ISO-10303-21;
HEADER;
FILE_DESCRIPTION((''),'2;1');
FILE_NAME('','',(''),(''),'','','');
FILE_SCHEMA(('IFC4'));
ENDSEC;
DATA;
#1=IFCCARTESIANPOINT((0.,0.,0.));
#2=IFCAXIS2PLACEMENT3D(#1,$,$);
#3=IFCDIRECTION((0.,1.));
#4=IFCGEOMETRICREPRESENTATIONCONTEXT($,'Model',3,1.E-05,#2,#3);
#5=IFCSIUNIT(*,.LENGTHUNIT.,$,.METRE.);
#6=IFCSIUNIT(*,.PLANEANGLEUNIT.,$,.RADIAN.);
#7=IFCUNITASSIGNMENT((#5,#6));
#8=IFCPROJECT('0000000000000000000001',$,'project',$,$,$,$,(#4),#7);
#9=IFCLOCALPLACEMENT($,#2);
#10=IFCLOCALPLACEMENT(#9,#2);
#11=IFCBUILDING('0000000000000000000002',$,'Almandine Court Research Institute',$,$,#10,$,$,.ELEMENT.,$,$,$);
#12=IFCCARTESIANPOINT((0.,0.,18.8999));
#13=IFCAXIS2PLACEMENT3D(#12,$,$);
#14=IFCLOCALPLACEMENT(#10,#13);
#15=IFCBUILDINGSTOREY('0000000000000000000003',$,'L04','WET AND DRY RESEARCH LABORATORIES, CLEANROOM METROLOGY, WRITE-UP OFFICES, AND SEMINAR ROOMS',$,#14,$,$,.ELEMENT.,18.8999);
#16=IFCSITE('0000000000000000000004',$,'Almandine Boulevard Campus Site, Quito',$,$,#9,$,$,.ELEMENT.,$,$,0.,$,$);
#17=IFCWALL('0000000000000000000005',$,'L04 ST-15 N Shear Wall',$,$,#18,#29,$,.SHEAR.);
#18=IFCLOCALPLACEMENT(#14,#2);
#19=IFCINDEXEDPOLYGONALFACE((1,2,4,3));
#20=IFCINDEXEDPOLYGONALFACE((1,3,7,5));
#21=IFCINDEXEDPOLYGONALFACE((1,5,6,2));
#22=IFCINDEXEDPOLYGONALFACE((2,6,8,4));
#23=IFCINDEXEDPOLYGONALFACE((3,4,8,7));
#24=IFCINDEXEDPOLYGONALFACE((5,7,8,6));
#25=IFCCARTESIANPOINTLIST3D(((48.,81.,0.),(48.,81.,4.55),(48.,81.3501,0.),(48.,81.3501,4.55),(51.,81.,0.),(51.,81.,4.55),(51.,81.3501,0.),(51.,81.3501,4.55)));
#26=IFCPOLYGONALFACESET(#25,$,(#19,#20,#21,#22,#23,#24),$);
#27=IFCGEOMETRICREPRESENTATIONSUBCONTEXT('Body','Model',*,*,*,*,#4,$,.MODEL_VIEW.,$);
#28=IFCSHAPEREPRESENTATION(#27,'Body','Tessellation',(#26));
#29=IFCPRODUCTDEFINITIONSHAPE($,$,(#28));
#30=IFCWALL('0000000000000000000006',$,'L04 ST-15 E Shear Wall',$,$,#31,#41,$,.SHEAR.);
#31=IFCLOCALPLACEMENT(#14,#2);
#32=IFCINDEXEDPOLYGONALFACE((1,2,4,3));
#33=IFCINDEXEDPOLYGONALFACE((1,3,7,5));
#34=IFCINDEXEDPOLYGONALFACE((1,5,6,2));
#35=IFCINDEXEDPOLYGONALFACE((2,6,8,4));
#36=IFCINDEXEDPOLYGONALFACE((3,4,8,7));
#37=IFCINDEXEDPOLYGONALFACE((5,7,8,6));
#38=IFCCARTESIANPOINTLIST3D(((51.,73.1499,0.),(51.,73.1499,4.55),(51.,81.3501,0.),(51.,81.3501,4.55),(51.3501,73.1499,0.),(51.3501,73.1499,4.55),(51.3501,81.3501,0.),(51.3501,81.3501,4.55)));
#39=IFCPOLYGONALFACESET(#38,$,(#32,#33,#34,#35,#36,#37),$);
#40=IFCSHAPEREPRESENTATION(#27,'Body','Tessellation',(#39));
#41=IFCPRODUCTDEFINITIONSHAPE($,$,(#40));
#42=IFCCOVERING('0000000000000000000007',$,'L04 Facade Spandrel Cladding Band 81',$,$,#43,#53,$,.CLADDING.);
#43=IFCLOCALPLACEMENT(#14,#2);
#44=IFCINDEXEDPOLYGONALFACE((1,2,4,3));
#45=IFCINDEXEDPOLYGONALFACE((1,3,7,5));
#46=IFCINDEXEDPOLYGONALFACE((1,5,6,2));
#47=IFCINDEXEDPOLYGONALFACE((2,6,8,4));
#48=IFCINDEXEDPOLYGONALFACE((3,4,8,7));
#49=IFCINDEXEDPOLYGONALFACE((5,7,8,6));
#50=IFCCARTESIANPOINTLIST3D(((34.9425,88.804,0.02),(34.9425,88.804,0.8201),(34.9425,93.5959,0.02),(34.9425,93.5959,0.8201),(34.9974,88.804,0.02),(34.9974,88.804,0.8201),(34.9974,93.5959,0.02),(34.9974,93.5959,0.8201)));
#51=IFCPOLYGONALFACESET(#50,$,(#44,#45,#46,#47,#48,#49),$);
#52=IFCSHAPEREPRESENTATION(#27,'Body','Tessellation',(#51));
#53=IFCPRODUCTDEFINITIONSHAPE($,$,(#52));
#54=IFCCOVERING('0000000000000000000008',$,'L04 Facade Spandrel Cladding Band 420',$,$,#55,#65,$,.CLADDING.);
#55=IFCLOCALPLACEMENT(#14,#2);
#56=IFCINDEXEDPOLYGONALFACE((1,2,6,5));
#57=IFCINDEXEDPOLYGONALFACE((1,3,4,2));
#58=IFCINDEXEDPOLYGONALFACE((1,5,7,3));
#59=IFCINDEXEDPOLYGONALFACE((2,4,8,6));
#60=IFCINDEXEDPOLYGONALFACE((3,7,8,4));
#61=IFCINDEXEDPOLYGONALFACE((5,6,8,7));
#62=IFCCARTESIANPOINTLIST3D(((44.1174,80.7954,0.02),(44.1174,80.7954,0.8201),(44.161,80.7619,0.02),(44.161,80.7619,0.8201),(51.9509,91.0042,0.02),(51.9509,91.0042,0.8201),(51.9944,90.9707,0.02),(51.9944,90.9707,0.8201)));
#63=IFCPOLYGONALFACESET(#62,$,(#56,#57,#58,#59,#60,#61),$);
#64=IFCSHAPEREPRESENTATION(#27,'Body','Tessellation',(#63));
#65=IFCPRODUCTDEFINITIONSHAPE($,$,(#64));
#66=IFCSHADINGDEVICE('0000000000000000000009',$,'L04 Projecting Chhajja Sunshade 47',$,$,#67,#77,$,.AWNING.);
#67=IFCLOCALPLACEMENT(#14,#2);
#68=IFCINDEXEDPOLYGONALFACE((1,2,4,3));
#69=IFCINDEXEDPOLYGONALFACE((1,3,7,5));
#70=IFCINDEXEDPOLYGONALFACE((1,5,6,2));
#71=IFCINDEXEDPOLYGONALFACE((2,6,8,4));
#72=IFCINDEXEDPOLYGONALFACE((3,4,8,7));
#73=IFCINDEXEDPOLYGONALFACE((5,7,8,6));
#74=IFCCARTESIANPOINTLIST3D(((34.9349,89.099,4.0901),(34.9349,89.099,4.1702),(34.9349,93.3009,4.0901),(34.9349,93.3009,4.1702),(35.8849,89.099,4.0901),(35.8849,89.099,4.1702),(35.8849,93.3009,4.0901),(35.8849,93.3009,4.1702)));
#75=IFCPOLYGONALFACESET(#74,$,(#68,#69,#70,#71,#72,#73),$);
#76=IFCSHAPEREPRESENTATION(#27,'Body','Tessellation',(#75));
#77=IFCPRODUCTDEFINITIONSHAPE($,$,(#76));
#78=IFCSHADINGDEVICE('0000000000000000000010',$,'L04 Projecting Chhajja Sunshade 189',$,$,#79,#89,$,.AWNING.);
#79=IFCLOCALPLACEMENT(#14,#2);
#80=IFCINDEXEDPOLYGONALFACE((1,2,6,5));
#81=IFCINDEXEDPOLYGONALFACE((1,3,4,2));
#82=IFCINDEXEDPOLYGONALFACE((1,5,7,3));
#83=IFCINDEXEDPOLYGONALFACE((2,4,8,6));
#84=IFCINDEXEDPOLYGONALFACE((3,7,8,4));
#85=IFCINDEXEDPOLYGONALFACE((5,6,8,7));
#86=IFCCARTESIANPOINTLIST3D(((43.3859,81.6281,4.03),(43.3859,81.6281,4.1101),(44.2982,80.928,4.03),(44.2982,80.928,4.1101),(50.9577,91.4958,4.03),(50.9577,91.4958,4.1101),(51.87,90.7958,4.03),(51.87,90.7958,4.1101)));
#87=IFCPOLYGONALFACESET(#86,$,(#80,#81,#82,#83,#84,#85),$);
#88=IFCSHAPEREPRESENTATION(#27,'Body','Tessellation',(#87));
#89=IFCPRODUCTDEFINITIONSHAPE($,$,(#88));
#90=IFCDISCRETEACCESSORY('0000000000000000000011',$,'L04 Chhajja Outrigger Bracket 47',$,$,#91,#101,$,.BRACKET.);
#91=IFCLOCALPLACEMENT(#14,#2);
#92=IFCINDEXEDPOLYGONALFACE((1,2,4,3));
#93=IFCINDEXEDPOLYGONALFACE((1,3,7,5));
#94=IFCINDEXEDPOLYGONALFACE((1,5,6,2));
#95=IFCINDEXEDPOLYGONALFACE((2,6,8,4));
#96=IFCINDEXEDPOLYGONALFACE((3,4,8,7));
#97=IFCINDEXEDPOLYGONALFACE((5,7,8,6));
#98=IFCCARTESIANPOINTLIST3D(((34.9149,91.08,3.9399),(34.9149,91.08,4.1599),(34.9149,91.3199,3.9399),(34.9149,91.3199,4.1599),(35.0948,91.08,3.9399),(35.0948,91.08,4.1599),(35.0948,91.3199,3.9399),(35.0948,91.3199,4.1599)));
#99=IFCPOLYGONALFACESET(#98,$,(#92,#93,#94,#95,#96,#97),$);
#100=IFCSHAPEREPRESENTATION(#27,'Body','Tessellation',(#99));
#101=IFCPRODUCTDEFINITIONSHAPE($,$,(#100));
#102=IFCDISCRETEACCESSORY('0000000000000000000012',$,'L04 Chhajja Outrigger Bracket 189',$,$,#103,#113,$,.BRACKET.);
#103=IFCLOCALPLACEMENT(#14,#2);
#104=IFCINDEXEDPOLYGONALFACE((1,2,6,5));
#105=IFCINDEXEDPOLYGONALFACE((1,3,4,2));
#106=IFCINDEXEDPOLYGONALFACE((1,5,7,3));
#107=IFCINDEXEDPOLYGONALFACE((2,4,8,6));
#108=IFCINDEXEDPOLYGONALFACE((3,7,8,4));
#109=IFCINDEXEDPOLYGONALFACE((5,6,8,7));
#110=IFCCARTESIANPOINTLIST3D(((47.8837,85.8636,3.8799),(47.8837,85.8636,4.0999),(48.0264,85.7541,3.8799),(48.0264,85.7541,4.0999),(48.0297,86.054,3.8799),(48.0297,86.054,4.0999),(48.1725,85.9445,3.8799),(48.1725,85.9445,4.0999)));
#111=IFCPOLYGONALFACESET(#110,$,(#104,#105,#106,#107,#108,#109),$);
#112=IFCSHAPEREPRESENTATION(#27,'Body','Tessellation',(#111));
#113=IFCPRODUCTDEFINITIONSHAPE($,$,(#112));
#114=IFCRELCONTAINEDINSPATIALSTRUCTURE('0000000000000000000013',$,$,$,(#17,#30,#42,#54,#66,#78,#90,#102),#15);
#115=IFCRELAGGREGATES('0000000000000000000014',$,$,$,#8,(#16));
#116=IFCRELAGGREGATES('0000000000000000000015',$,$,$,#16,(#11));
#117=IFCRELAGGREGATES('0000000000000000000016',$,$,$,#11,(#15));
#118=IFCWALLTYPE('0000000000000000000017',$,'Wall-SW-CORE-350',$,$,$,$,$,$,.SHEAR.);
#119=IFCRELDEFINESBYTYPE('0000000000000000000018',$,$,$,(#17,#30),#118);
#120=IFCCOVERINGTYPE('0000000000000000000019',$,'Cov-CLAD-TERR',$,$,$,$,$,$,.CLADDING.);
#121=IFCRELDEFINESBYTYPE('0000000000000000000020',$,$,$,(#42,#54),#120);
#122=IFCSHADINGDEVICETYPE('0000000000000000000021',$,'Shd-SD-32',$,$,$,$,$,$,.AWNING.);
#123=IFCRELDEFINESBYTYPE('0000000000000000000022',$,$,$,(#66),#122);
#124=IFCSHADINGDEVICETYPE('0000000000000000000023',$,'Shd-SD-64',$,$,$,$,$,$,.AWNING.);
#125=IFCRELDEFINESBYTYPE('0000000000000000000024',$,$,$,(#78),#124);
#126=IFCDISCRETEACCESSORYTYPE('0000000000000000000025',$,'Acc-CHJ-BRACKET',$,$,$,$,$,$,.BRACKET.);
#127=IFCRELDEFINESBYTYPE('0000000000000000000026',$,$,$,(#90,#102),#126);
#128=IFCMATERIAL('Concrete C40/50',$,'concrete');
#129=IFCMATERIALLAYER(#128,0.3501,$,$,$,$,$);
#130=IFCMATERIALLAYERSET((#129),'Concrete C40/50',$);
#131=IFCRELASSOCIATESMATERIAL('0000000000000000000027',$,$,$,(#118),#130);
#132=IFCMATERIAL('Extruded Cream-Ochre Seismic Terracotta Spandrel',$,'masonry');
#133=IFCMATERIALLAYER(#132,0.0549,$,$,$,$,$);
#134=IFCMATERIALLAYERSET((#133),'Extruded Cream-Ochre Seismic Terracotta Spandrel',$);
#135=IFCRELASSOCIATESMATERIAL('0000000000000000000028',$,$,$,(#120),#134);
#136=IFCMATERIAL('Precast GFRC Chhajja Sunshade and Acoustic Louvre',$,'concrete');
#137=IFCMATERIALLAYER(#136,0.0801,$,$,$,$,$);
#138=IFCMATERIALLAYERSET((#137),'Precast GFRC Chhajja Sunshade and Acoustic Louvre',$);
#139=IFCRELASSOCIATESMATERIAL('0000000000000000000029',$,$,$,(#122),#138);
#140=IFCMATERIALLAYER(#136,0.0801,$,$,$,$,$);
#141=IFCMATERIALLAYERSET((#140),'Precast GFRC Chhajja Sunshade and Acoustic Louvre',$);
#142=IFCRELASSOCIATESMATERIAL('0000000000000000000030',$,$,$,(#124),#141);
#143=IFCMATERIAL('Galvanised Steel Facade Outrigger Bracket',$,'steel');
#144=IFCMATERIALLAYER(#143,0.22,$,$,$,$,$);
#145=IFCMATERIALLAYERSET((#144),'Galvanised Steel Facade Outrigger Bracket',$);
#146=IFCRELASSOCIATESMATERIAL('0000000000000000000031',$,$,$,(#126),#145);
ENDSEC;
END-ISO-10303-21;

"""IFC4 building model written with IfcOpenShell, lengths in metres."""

from ifc_helpers import new_model, si_unit, direction, frame, frame_2d, origin, origin_2d, place, context, subcontext, project, spatial, rectangle, extrude, material, layer, layer_set, type_object, element, save


model = new_model("IFC4")

# Units and contexts
model_context = context("Model", 3, precision=1e-05, world=origin(), true_north=direction((0.0, 1.0)))
body_context = subcontext(model_context, "Body", "Model", "MODEL_VIEW")
ifc_project = project(units=[si_unit("LENGTHUNIT", "METRE"), si_unit("PLANEANGLEUNIT", "RADIAN")], contexts=[model_context])

# Site, building, storey
site_placement = place(None, origin())
site = spatial("IfcSite", under=ifc_project, at=site_placement, Name="Almandine Boulevard Campus Site, Quito", CompositionType="ELEMENT", RefElevation=0.0)
building_placement = place(site_placement, origin())
building = spatial("IfcBuilding", under=site, at=building_placement, Name="Almandine Court Research Institute", CompositionType="ELEMENT")
storey_placement = place(building_placement, frame((0.0, 0.0, 18.8999)))
storey = spatial("IfcBuildingStorey", under=building, at=storey_placement, Name="L04", Description="WET AND DRY RESEARCH LABORATORIES, CLEANROOM METROLOGY, WRITE-UP OFFICES, AND SEMINAR ROOMS", CompositionType="ELEMENT", Elevation=18.8999)

# Walls
ifc_material_1 = material(Name="Concrete C40/50", Category="concrete")
ifc_layer_1 = layer(ifc_material_1, 0.3501)
ifc_layer_set_1 = layer_set([ifc_layer_1], Name="Concrete C40/50")
wall_type_1 = type_object("IfcWallType", Name="Wall-SW-CORE-350", PredefinedType="SHEAR", material=ifc_layer_set_1)
wall_1_placement = place(storey_placement, frame((48.0, 81.175, 0.0), z_axis=(0.0, 0.0, 1.0), x_axis=(1.0, 0.0, 0.0)))
element("IfcWall", 1, at=wall_1_placement, inside=storey, type_object=wall_type_1, Name="L04 ST-15 N Shear Wall", PredefinedType="SHEAR", context=body_context, shape_type="SweptSolid", body=[
    extrude(rectangle(XDim=3.0, YDim=0.3501, at=frame_2d((1.5, 0.0))), origin(), (0.0, 0.0, 1.0), 4.55),
])
wall_2_placement = place(storey_placement, frame((51.175, 81.3501, 0.0), z_axis=(0.0, 0.0, 1.0), x_axis=(0.0, -1.0, 0.0)))
element("IfcWall", 2, at=wall_2_placement, inside=storey, type_object=wall_type_1, Name="L04 ST-15 E Shear Wall", PredefinedType="SHEAR", context=body_context, shape_type="SweptSolid", body=[
    extrude(rectangle(XDim=8.2002, YDim=0.3501, at=frame_2d((4.1001, 0.0))), origin(), (0.0, 0.0, 1.0), 4.55),
])

# Coverings
ifc_material_2 = material(Name="Extruded Cream-Ochre Seismic Terracotta Spandrel", Category="masonry")
ifc_layer_2 = layer(ifc_material_2, 0.0549)
ifc_layer_set_2 = layer_set([ifc_layer_2], Name="Extruded Cream-Ochre Seismic Terracotta Spandrel")
covering_type = type_object("IfcCoveringType", Name="Cov-CLAD-TERR", PredefinedType="CLADDING", material=ifc_layer_set_2)
covering_1_placement = place(storey_placement, frame((34.97, 91.2, 0.02), z_axis=(0.0, 0.0, 1.0), x_axis=(0.0, -1.0, 0.0)))
element("IfcCovering", 3, at=covering_1_placement, inside=storey, type_object=covering_type, Name="L04 Facade Spandrel Cladding Band 81", PredefinedType="CLADDING", context=body_context, shape_type="SweptSolid", body=[
    extrude(rectangle(XDim=4.792, YDim=0.0549, at=origin_2d()), origin(), (0.0, 0.0, 1.0), 0.8),
])
covering_2_placement = place(storey_placement, frame((48.0559, 85.8831, 0.02), z_axis=(0.0, 0.0, 1.0), x_axis=(0.608761, 0.793353, 0.0)))
element("IfcCovering", 4, at=covering_2_placement, inside=storey, type_object=covering_type, Name="L04 Facade Spandrel Cladding Band 420", PredefinedType="CLADDING", context=body_context, shape_type="SweptSolid", body=[
    extrude(rectangle(XDim=12.8679, YDim=0.0549, at=origin_2d()), origin(), (0.0, 0.0, 1.0), 0.8),
])

# Shading devices
ifc_material_3 = material(Name="Precast GFRC Chhajja Sunshade and Acoustic Louvre", Category="concrete")
ifc_layer_3 = layer(ifc_material_3, 0.0801)
ifc_layer_set_3 = layer_set([ifc_layer_3], Name="Precast GFRC Chhajja Sunshade and Acoustic Louvre")
shading_device_type_1 = type_object("IfcShadingDeviceType", Name="Shd-SD-32", PredefinedType="AWNING", material=ifc_layer_set_3)
shading_device_1_placement = place(storey_placement, frame((35.4099, 91.2, 4.0901), z_axis=(0.0, 0.0, 1.0), x_axis=(0.0, -1.0, 0.0)))
element("IfcShadingDevice", 5, at=shading_device_1_placement, inside=storey, type_object=shading_device_type_1, Name="L04 Projecting Chhajja Sunshade 47", PredefinedType="AWNING", context=body_context, shape_type="SweptSolid", body=[
    extrude(rectangle(XDim=4.2019, YDim=0.95, at=origin_2d()), origin(), (0.0, 0.0, 1.0), 0.0801),
])
ifc_layer_4 = layer(ifc_material_3, 0.0801)
ifc_layer_set_4 = layer_set([ifc_layer_4], Name="Precast GFRC Chhajja Sunshade and Acoustic Louvre")
shading_device_type_2 = type_object("IfcShadingDeviceType", Name="Shd-SD-64", PredefinedType="AWNING", material=ifc_layer_set_4)
shading_device_2_placement = place(storey_placement, frame((47.6279, 86.2119, 4.03), z_axis=(0.0, 0.0, 1.0), x_axis=(0.608761, 0.793353, 0.0)))
element("IfcShadingDevice", 6, at=shading_device_2_placement, inside=storey, type_object=shading_device_type_2, Name="L04 Projecting Chhajja Sunshade 189", PredefinedType="AWNING", context=body_context, shape_type="SweptSolid", body=[
    extrude(rectangle(XDim=12.438, YDim=1.1499, at=origin_2d()), origin(), (0.0, 0.0, 1.0), 0.0801),
])

# Discrete accessories
ifc_material_4 = material(Name="Galvanised Steel Facade Outrigger Bracket", Category="steel")
ifc_layer_5 = layer(ifc_material_4, 0.22)
ifc_layer_set_5 = layer_set([ifc_layer_5], Name="Galvanised Steel Facade Outrigger Bracket")
discrete_accessory_type = type_object("IfcDiscreteAccessoryType", Name="Acc-CHJ-BRACKET", PredefinedType="BRACKET", material=ifc_layer_set_5)
for number, where, z_axis, x_axis, name in (
    (7, (35.0049, 91.2, 3.9399), (0.0, 0.0, 1.0), (0.0, -1.0, 0.0), "L04 Chhajja Outrigger Bracket 47"),
    (8, (48.0281, 85.9041, 3.8799), (0.0, 0.0, 1.0), (0.608761, 0.793353, 0.0), "L04 Chhajja Outrigger Bracket 189"),
):
    element("IfcDiscreteAccessory", number, at=place(storey_placement, frame(where, z_axis=z_axis, x_axis=x_axis)), inside=storey, type_object=discrete_accessory_type, Name=name, PredefinedType="BRACKET", context=body_context, shape_type="SweptSolid", body=[
        extrude(rectangle(XDim=0.24, YDim=0.1799, at=origin_2d()), origin(), (0.0, 0.0, 1.0), 0.22),
    ])

save(model, "model.ifc")
